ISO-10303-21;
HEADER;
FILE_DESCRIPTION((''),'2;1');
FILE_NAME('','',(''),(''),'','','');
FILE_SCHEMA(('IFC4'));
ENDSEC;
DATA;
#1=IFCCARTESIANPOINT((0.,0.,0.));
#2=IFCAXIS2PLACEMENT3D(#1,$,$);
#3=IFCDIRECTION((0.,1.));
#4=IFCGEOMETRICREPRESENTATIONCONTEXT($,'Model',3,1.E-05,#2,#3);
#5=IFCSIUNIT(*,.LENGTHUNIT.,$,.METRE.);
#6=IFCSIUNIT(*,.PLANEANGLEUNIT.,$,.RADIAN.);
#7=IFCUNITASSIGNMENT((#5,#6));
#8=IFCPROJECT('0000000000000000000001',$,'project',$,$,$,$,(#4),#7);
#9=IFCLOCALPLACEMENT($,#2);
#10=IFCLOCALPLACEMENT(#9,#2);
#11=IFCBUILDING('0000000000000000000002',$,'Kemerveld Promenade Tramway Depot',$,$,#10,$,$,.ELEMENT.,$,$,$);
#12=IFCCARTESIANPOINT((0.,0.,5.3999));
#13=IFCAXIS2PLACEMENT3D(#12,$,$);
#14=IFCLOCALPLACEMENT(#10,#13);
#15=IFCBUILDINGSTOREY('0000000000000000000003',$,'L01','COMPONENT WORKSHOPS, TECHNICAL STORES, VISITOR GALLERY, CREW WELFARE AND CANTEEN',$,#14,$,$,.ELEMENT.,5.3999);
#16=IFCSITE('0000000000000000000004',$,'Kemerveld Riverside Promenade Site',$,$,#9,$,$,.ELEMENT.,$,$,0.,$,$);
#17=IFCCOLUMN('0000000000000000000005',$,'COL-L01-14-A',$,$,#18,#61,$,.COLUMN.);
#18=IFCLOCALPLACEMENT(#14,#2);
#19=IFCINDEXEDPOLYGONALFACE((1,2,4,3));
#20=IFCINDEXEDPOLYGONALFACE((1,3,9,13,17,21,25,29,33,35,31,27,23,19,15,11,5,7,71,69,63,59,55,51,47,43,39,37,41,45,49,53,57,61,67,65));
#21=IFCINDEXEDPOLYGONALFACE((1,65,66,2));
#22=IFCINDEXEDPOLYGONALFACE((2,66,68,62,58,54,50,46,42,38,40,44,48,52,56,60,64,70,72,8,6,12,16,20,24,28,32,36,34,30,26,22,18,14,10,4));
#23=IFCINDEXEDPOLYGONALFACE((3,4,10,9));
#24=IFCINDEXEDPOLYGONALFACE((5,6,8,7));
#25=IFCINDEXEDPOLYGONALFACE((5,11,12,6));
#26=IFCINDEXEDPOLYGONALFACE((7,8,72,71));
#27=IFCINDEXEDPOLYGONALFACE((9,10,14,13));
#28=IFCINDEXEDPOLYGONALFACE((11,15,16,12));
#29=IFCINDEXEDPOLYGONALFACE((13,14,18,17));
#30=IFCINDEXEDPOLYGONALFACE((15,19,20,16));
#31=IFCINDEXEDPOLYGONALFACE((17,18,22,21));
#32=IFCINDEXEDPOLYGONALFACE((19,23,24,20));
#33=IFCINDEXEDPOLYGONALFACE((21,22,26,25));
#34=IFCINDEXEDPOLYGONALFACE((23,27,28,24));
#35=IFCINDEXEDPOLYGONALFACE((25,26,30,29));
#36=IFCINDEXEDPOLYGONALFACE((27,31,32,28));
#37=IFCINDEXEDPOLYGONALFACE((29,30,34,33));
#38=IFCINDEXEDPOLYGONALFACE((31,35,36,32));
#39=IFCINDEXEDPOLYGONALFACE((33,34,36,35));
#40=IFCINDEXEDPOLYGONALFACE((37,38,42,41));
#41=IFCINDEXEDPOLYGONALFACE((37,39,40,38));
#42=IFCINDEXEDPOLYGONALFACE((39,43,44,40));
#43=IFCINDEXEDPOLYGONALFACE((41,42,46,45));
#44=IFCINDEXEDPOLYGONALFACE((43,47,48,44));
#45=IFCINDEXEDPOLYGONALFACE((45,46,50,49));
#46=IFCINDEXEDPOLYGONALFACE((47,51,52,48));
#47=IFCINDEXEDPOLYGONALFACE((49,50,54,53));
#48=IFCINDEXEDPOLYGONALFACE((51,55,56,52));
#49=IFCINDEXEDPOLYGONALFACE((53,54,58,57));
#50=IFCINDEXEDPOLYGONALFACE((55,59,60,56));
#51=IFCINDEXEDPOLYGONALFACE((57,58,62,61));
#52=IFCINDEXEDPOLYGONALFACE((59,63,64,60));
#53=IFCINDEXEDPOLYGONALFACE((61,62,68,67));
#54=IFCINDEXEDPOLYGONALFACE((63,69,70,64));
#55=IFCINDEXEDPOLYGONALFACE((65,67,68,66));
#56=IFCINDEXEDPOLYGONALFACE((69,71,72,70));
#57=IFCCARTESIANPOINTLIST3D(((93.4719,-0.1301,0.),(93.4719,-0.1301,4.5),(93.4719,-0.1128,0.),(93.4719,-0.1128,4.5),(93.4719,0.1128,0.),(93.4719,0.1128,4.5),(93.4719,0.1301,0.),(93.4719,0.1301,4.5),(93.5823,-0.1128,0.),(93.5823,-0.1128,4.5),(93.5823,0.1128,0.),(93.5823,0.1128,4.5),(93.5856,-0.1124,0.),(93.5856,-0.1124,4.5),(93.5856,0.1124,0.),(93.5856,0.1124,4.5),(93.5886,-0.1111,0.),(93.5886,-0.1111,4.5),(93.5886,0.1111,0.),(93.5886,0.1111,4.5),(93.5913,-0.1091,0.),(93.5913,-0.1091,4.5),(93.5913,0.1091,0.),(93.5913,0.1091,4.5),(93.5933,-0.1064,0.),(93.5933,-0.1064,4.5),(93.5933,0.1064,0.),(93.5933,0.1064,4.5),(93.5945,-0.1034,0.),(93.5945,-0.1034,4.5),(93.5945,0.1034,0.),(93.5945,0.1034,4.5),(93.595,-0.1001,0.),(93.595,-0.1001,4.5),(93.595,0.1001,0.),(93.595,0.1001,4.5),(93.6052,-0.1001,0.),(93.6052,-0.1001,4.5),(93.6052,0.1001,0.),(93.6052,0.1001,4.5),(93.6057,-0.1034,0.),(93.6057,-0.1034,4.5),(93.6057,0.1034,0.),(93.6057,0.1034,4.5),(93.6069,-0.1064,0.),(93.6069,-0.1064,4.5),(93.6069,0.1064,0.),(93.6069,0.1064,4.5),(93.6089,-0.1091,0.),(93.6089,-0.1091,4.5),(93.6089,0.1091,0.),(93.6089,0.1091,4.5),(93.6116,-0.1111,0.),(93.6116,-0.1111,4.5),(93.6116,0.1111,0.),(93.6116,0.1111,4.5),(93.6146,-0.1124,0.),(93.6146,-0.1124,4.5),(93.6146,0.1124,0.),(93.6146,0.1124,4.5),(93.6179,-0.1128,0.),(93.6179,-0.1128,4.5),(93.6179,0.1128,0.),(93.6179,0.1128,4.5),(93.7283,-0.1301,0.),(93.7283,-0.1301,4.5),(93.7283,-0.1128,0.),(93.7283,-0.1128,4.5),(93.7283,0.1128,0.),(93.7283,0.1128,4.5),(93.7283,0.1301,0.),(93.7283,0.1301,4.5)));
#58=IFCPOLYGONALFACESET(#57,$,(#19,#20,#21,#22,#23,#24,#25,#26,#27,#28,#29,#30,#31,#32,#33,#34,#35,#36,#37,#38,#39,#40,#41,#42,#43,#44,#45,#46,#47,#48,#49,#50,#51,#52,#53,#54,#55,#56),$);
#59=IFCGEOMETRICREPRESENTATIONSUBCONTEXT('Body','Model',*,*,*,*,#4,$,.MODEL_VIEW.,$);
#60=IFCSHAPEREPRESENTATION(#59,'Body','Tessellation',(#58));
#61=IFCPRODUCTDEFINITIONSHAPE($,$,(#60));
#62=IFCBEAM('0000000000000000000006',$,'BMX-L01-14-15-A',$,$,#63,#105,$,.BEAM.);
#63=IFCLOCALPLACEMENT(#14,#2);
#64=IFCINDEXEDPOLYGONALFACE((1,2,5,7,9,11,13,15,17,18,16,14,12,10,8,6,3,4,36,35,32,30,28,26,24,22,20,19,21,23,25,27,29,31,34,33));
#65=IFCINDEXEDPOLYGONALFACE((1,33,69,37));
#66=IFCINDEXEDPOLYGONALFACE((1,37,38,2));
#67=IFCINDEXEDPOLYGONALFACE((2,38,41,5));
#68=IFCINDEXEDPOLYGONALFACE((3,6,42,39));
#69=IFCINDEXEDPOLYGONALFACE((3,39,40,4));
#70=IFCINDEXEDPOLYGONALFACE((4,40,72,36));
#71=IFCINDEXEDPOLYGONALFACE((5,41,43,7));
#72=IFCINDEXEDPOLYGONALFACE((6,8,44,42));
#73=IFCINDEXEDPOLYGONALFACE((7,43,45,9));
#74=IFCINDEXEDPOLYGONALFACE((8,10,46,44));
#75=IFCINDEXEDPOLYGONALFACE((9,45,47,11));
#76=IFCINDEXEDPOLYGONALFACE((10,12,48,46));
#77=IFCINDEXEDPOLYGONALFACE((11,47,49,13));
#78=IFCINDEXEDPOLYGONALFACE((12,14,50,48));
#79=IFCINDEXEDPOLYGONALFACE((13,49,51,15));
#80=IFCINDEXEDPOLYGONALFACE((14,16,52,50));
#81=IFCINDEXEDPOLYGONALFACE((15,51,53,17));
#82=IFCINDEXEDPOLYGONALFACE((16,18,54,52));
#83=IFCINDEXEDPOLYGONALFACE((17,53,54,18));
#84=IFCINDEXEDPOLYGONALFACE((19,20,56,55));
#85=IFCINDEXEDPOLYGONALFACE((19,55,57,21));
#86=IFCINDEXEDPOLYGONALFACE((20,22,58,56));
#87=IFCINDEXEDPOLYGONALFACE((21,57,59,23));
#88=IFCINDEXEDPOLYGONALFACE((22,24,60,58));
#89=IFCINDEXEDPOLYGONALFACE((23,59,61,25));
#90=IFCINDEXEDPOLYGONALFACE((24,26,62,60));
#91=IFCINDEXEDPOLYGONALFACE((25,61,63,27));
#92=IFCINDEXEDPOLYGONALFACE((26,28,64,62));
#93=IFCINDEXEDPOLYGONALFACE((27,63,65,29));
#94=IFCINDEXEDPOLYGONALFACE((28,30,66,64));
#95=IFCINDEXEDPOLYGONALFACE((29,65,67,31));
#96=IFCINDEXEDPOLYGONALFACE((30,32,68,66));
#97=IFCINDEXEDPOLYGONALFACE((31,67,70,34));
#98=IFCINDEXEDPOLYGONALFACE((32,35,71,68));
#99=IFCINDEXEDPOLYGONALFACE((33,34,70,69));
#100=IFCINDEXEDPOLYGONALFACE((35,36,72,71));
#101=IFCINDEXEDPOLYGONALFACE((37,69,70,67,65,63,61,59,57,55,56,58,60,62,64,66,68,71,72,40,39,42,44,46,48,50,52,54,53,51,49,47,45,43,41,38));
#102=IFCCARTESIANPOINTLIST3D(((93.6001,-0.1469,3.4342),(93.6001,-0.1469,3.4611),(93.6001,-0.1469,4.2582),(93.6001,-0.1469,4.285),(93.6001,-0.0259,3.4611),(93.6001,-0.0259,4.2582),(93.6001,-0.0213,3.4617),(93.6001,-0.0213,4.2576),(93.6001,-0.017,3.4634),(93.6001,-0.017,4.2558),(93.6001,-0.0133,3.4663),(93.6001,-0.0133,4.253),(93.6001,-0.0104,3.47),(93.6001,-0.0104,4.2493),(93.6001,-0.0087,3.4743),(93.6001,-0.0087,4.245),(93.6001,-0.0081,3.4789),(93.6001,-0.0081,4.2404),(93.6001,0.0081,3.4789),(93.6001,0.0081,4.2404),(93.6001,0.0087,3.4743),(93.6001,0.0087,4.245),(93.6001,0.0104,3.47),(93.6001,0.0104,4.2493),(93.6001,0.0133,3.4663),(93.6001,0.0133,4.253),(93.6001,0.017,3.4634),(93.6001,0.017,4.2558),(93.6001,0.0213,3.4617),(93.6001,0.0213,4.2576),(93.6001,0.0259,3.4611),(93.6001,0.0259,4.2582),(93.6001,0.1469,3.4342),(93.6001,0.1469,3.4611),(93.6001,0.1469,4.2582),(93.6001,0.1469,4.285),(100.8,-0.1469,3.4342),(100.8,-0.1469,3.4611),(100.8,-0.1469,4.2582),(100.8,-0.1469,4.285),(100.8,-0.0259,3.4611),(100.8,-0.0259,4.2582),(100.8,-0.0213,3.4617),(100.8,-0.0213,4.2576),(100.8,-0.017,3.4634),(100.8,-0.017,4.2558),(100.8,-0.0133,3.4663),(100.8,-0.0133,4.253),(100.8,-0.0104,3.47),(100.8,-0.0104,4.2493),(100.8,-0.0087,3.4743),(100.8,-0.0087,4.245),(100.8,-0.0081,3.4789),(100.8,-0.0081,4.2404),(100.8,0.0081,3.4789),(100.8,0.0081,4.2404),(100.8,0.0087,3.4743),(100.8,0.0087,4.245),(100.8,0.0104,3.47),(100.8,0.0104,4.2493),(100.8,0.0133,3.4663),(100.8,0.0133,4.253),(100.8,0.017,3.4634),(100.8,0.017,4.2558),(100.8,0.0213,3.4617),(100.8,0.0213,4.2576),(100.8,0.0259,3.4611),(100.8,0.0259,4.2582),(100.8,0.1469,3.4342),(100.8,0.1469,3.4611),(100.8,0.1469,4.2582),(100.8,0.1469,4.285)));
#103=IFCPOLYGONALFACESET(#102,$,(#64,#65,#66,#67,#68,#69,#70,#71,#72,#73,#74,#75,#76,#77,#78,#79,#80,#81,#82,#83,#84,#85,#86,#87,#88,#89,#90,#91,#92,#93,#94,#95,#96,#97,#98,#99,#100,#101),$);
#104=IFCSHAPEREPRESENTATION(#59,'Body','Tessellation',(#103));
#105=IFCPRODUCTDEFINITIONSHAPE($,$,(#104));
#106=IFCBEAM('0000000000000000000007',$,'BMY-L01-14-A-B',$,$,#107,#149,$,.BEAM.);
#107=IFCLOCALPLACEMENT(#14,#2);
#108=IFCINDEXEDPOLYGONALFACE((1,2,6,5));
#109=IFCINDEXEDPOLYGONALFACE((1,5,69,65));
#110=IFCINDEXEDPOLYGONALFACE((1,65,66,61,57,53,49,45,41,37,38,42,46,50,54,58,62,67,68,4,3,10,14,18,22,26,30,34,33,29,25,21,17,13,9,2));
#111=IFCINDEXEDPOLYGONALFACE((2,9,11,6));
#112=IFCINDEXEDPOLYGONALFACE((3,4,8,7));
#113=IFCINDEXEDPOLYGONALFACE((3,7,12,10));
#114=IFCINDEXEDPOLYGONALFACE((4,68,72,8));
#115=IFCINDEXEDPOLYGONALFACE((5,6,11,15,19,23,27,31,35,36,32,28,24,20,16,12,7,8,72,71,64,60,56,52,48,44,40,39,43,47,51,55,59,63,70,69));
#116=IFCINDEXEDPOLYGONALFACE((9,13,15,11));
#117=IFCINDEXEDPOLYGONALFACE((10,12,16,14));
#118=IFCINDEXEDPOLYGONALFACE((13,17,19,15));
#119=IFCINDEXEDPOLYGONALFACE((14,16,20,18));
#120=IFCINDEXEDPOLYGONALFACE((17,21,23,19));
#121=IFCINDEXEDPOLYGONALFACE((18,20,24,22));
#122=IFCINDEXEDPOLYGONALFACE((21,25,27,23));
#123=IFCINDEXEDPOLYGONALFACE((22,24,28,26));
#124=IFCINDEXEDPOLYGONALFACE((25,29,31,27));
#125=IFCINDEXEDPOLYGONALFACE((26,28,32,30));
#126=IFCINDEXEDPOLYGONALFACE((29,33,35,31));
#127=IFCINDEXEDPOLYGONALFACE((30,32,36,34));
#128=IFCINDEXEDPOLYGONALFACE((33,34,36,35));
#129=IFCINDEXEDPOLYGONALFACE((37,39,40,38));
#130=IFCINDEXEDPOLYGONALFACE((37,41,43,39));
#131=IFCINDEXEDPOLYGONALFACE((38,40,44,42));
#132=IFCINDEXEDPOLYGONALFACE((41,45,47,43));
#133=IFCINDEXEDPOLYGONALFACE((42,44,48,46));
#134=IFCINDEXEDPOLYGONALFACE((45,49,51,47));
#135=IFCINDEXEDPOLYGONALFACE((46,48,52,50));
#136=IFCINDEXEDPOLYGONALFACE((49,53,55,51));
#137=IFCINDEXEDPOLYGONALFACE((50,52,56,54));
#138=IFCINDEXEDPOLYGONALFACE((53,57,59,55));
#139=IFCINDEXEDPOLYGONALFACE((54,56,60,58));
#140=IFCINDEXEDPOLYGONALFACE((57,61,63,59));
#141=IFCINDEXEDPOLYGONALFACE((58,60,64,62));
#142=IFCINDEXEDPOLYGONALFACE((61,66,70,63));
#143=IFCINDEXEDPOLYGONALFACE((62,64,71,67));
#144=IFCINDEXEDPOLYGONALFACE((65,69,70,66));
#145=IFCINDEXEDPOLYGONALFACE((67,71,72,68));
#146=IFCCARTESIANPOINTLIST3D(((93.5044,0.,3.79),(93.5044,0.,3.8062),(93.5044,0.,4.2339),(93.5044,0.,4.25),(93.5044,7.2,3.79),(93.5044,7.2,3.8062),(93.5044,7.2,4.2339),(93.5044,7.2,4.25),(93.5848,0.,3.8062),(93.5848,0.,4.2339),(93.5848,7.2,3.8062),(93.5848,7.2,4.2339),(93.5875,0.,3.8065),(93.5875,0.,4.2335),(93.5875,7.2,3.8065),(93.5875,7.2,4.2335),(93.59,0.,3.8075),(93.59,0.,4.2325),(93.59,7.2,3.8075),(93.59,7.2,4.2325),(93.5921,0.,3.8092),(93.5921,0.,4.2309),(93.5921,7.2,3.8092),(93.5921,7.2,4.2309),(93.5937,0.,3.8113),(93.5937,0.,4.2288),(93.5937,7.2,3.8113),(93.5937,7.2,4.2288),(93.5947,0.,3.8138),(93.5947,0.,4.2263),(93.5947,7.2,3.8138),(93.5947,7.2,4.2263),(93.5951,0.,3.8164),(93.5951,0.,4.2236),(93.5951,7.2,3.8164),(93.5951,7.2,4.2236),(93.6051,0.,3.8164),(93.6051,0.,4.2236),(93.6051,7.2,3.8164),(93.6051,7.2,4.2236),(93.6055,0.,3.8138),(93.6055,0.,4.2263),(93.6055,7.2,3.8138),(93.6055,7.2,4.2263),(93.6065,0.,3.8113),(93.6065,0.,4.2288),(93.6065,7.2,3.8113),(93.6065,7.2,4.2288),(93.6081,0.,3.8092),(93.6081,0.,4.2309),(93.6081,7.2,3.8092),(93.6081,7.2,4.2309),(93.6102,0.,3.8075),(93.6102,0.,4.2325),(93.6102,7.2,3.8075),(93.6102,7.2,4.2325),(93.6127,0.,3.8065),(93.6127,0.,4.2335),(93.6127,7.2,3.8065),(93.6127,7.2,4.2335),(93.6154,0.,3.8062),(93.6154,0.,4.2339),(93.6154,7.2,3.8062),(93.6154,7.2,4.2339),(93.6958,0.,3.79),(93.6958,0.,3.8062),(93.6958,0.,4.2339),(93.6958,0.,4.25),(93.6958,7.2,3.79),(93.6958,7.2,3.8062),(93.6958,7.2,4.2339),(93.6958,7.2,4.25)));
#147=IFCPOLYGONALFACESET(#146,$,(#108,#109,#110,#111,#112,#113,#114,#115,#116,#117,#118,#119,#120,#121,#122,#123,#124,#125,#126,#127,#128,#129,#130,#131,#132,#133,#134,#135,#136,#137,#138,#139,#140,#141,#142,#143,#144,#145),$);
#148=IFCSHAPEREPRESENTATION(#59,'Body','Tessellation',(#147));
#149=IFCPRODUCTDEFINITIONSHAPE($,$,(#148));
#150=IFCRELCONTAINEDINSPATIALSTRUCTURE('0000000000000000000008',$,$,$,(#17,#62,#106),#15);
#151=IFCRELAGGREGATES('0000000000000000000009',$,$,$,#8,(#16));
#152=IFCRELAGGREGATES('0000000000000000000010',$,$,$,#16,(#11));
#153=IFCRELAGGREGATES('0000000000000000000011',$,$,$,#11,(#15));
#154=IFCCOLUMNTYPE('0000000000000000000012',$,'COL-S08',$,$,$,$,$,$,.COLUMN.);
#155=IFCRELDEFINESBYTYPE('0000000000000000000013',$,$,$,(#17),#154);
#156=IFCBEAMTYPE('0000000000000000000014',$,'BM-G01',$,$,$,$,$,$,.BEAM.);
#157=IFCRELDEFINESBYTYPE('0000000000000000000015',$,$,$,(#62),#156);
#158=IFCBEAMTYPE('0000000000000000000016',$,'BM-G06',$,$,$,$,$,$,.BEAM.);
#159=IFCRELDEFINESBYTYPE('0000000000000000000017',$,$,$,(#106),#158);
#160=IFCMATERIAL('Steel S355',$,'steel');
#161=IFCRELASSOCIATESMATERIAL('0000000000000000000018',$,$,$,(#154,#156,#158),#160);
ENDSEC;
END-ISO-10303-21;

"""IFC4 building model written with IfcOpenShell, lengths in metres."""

from ifc_helpers import new_model, si_unit, direction, frame, origin, origin_2d, place, context, subcontext, project, spatial, i_section, extrude, material, material_profile, profile_set, type_object, element, save


model = new_model("IFC4")

# Units and contexts
model_context = context("Model", 3, precision=1e-05, world=origin(), true_north=direction((0.0, 1.0)))
body_context = subcontext(model_context, "Body", "Model", "MODEL_VIEW")
ifc_project = project(units=[si_unit("LENGTHUNIT", "METRE"), si_unit("PLANEANGLEUNIT", "RADIAN")], contexts=[model_context])

# Site, building, storey
site_placement = place(None, origin())
site = spatial("IfcSite", under=ifc_project, at=site_placement, Name="Kemerveld Riverside Promenade Site", CompositionType="ELEMENT", RefElevation=0.0)
building_placement = place(site_placement, origin())
building = spatial("IfcBuilding", under=site, at=building_placement, Name="Kemerveld Promenade Tramway Depot", CompositionType="ELEMENT")
storey_placement = place(building_placement, frame((0.0, 0.0, 5.3999)))
storey = spatial("IfcBuildingStorey", under=building, at=storey_placement, Name="L01", Description="COMPONENT WORKSHOPS, TECHNICAL STORES, VISITOR GALLERY, CREW WELFARE AND CANTEEN", CompositionType="ELEMENT", Elevation=5.3999)

# Column
ifc_material_1 = material(Name="Steel S355", Category="steel")
ifc_material_profile_1 = material_profile(ifc_material_1, i_section(OverallWidth=0.2563, OverallDepth=0.2603, WebThickness=0.0103, FlangeThickness=0.0173, FilletRadius=0.0127, at=origin_2d()), Name="254x254x89 UC")
ifc_profile_set_1 = profile_set([ifc_material_profile_1], Name="Steel S355")
column_type = type_object("IfcColumnType", Name="COL-S08", PredefinedType="COLUMN", material=ifc_profile_set_1)
column_placement = place(storey_placement, frame((93.6001, 0.0, 0.0), z_axis=(0.0, 0.0, 1.0), x_axis=(1.0, 0.0, 0.0)))
element("IfcColumn", 1, at=column_placement, inside=storey, type_object=column_type, Name="COL-L01-14-A", PredefinedType="COLUMN", context=body_context, shape_type="SweptSolid", body=[
    extrude(i_section(OverallWidth=0.2563, OverallDepth=0.2603, WebThickness=0.0103, FlangeThickness=0.0173, FilletRadius=0.0127, at=origin_2d()), origin(), (0.0, 0.0, 1.0), 4.5),
])

# Beams
ifc_material_profile_2 = material_profile(ifc_material_1, i_section(OverallWidth=0.2937, OverallDepth=0.8508, WebThickness=0.0161, FlangeThickness=0.0269, FilletRadius=0.0178, at=origin_2d()), Name="838x292x226 UB")
ifc_profile_set_2 = profile_set([ifc_material_profile_2], Name="Steel S355")
beam_type_1 = type_object("IfcBeamType", Name="BM-G01", PredefinedType="BEAM", material=ifc_profile_set_2)
beam_1_placement = place(storey_placement, frame((93.6001, 0.0, 3.8596), z_axis=(1.0, 0.0, 0.0), x_axis=(0.0, 1.0, 0.0)))
element("IfcBeam", 2, at=beam_1_placement, inside=storey, type_object=beam_type_1, Name="BMX-L01-14-15-A", PredefinedType="BEAM", context=body_context, shape_type="SweptSolid", body=[
    extrude(i_section(OverallWidth=0.2937, OverallDepth=0.8508, WebThickness=0.0161, FlangeThickness=0.0269, FilletRadius=0.0178, at=origin_2d()), origin(), (0.0, 0.0, 1.0), 7.2),
])
ifc_material_profile_3 = material_profile(ifc_material_1, i_section(OverallWidth=0.1914, OverallDepth=0.46, WebThickness=0.01, FlangeThickness=0.0161, FilletRadius=0.0103, at=origin_2d()), Name="457x191x82 UB")
ifc_profile_set_3 = profile_set([ifc_material_profile_3], Name="Steel S355")
beam_type_2 = type_object("IfcBeamType", Name="BM-G06", PredefinedType="BEAM", material=ifc_profile_set_3)
beam_2_placement = place(storey_placement, frame((93.6001, 0.0, 4.02), z_axis=(0.0, 1.0, 0.0), x_axis=(-1.0, 0.0, 0.0)))
element("IfcBeam", 3, at=beam_2_placement, inside=storey, type_object=beam_type_2, Name="BMY-L01-14-A-B", PredefinedType="BEAM", context=body_context, shape_type="SweptSolid", body=[
    extrude(i_section(OverallWidth=0.1914, OverallDepth=0.46, WebThickness=0.01, FlangeThickness=0.0161, FilletRadius=0.0103, at=origin_2d()), origin(), (0.0, 0.0, 1.0), 7.2),
])

save(model, "model.ifc")
